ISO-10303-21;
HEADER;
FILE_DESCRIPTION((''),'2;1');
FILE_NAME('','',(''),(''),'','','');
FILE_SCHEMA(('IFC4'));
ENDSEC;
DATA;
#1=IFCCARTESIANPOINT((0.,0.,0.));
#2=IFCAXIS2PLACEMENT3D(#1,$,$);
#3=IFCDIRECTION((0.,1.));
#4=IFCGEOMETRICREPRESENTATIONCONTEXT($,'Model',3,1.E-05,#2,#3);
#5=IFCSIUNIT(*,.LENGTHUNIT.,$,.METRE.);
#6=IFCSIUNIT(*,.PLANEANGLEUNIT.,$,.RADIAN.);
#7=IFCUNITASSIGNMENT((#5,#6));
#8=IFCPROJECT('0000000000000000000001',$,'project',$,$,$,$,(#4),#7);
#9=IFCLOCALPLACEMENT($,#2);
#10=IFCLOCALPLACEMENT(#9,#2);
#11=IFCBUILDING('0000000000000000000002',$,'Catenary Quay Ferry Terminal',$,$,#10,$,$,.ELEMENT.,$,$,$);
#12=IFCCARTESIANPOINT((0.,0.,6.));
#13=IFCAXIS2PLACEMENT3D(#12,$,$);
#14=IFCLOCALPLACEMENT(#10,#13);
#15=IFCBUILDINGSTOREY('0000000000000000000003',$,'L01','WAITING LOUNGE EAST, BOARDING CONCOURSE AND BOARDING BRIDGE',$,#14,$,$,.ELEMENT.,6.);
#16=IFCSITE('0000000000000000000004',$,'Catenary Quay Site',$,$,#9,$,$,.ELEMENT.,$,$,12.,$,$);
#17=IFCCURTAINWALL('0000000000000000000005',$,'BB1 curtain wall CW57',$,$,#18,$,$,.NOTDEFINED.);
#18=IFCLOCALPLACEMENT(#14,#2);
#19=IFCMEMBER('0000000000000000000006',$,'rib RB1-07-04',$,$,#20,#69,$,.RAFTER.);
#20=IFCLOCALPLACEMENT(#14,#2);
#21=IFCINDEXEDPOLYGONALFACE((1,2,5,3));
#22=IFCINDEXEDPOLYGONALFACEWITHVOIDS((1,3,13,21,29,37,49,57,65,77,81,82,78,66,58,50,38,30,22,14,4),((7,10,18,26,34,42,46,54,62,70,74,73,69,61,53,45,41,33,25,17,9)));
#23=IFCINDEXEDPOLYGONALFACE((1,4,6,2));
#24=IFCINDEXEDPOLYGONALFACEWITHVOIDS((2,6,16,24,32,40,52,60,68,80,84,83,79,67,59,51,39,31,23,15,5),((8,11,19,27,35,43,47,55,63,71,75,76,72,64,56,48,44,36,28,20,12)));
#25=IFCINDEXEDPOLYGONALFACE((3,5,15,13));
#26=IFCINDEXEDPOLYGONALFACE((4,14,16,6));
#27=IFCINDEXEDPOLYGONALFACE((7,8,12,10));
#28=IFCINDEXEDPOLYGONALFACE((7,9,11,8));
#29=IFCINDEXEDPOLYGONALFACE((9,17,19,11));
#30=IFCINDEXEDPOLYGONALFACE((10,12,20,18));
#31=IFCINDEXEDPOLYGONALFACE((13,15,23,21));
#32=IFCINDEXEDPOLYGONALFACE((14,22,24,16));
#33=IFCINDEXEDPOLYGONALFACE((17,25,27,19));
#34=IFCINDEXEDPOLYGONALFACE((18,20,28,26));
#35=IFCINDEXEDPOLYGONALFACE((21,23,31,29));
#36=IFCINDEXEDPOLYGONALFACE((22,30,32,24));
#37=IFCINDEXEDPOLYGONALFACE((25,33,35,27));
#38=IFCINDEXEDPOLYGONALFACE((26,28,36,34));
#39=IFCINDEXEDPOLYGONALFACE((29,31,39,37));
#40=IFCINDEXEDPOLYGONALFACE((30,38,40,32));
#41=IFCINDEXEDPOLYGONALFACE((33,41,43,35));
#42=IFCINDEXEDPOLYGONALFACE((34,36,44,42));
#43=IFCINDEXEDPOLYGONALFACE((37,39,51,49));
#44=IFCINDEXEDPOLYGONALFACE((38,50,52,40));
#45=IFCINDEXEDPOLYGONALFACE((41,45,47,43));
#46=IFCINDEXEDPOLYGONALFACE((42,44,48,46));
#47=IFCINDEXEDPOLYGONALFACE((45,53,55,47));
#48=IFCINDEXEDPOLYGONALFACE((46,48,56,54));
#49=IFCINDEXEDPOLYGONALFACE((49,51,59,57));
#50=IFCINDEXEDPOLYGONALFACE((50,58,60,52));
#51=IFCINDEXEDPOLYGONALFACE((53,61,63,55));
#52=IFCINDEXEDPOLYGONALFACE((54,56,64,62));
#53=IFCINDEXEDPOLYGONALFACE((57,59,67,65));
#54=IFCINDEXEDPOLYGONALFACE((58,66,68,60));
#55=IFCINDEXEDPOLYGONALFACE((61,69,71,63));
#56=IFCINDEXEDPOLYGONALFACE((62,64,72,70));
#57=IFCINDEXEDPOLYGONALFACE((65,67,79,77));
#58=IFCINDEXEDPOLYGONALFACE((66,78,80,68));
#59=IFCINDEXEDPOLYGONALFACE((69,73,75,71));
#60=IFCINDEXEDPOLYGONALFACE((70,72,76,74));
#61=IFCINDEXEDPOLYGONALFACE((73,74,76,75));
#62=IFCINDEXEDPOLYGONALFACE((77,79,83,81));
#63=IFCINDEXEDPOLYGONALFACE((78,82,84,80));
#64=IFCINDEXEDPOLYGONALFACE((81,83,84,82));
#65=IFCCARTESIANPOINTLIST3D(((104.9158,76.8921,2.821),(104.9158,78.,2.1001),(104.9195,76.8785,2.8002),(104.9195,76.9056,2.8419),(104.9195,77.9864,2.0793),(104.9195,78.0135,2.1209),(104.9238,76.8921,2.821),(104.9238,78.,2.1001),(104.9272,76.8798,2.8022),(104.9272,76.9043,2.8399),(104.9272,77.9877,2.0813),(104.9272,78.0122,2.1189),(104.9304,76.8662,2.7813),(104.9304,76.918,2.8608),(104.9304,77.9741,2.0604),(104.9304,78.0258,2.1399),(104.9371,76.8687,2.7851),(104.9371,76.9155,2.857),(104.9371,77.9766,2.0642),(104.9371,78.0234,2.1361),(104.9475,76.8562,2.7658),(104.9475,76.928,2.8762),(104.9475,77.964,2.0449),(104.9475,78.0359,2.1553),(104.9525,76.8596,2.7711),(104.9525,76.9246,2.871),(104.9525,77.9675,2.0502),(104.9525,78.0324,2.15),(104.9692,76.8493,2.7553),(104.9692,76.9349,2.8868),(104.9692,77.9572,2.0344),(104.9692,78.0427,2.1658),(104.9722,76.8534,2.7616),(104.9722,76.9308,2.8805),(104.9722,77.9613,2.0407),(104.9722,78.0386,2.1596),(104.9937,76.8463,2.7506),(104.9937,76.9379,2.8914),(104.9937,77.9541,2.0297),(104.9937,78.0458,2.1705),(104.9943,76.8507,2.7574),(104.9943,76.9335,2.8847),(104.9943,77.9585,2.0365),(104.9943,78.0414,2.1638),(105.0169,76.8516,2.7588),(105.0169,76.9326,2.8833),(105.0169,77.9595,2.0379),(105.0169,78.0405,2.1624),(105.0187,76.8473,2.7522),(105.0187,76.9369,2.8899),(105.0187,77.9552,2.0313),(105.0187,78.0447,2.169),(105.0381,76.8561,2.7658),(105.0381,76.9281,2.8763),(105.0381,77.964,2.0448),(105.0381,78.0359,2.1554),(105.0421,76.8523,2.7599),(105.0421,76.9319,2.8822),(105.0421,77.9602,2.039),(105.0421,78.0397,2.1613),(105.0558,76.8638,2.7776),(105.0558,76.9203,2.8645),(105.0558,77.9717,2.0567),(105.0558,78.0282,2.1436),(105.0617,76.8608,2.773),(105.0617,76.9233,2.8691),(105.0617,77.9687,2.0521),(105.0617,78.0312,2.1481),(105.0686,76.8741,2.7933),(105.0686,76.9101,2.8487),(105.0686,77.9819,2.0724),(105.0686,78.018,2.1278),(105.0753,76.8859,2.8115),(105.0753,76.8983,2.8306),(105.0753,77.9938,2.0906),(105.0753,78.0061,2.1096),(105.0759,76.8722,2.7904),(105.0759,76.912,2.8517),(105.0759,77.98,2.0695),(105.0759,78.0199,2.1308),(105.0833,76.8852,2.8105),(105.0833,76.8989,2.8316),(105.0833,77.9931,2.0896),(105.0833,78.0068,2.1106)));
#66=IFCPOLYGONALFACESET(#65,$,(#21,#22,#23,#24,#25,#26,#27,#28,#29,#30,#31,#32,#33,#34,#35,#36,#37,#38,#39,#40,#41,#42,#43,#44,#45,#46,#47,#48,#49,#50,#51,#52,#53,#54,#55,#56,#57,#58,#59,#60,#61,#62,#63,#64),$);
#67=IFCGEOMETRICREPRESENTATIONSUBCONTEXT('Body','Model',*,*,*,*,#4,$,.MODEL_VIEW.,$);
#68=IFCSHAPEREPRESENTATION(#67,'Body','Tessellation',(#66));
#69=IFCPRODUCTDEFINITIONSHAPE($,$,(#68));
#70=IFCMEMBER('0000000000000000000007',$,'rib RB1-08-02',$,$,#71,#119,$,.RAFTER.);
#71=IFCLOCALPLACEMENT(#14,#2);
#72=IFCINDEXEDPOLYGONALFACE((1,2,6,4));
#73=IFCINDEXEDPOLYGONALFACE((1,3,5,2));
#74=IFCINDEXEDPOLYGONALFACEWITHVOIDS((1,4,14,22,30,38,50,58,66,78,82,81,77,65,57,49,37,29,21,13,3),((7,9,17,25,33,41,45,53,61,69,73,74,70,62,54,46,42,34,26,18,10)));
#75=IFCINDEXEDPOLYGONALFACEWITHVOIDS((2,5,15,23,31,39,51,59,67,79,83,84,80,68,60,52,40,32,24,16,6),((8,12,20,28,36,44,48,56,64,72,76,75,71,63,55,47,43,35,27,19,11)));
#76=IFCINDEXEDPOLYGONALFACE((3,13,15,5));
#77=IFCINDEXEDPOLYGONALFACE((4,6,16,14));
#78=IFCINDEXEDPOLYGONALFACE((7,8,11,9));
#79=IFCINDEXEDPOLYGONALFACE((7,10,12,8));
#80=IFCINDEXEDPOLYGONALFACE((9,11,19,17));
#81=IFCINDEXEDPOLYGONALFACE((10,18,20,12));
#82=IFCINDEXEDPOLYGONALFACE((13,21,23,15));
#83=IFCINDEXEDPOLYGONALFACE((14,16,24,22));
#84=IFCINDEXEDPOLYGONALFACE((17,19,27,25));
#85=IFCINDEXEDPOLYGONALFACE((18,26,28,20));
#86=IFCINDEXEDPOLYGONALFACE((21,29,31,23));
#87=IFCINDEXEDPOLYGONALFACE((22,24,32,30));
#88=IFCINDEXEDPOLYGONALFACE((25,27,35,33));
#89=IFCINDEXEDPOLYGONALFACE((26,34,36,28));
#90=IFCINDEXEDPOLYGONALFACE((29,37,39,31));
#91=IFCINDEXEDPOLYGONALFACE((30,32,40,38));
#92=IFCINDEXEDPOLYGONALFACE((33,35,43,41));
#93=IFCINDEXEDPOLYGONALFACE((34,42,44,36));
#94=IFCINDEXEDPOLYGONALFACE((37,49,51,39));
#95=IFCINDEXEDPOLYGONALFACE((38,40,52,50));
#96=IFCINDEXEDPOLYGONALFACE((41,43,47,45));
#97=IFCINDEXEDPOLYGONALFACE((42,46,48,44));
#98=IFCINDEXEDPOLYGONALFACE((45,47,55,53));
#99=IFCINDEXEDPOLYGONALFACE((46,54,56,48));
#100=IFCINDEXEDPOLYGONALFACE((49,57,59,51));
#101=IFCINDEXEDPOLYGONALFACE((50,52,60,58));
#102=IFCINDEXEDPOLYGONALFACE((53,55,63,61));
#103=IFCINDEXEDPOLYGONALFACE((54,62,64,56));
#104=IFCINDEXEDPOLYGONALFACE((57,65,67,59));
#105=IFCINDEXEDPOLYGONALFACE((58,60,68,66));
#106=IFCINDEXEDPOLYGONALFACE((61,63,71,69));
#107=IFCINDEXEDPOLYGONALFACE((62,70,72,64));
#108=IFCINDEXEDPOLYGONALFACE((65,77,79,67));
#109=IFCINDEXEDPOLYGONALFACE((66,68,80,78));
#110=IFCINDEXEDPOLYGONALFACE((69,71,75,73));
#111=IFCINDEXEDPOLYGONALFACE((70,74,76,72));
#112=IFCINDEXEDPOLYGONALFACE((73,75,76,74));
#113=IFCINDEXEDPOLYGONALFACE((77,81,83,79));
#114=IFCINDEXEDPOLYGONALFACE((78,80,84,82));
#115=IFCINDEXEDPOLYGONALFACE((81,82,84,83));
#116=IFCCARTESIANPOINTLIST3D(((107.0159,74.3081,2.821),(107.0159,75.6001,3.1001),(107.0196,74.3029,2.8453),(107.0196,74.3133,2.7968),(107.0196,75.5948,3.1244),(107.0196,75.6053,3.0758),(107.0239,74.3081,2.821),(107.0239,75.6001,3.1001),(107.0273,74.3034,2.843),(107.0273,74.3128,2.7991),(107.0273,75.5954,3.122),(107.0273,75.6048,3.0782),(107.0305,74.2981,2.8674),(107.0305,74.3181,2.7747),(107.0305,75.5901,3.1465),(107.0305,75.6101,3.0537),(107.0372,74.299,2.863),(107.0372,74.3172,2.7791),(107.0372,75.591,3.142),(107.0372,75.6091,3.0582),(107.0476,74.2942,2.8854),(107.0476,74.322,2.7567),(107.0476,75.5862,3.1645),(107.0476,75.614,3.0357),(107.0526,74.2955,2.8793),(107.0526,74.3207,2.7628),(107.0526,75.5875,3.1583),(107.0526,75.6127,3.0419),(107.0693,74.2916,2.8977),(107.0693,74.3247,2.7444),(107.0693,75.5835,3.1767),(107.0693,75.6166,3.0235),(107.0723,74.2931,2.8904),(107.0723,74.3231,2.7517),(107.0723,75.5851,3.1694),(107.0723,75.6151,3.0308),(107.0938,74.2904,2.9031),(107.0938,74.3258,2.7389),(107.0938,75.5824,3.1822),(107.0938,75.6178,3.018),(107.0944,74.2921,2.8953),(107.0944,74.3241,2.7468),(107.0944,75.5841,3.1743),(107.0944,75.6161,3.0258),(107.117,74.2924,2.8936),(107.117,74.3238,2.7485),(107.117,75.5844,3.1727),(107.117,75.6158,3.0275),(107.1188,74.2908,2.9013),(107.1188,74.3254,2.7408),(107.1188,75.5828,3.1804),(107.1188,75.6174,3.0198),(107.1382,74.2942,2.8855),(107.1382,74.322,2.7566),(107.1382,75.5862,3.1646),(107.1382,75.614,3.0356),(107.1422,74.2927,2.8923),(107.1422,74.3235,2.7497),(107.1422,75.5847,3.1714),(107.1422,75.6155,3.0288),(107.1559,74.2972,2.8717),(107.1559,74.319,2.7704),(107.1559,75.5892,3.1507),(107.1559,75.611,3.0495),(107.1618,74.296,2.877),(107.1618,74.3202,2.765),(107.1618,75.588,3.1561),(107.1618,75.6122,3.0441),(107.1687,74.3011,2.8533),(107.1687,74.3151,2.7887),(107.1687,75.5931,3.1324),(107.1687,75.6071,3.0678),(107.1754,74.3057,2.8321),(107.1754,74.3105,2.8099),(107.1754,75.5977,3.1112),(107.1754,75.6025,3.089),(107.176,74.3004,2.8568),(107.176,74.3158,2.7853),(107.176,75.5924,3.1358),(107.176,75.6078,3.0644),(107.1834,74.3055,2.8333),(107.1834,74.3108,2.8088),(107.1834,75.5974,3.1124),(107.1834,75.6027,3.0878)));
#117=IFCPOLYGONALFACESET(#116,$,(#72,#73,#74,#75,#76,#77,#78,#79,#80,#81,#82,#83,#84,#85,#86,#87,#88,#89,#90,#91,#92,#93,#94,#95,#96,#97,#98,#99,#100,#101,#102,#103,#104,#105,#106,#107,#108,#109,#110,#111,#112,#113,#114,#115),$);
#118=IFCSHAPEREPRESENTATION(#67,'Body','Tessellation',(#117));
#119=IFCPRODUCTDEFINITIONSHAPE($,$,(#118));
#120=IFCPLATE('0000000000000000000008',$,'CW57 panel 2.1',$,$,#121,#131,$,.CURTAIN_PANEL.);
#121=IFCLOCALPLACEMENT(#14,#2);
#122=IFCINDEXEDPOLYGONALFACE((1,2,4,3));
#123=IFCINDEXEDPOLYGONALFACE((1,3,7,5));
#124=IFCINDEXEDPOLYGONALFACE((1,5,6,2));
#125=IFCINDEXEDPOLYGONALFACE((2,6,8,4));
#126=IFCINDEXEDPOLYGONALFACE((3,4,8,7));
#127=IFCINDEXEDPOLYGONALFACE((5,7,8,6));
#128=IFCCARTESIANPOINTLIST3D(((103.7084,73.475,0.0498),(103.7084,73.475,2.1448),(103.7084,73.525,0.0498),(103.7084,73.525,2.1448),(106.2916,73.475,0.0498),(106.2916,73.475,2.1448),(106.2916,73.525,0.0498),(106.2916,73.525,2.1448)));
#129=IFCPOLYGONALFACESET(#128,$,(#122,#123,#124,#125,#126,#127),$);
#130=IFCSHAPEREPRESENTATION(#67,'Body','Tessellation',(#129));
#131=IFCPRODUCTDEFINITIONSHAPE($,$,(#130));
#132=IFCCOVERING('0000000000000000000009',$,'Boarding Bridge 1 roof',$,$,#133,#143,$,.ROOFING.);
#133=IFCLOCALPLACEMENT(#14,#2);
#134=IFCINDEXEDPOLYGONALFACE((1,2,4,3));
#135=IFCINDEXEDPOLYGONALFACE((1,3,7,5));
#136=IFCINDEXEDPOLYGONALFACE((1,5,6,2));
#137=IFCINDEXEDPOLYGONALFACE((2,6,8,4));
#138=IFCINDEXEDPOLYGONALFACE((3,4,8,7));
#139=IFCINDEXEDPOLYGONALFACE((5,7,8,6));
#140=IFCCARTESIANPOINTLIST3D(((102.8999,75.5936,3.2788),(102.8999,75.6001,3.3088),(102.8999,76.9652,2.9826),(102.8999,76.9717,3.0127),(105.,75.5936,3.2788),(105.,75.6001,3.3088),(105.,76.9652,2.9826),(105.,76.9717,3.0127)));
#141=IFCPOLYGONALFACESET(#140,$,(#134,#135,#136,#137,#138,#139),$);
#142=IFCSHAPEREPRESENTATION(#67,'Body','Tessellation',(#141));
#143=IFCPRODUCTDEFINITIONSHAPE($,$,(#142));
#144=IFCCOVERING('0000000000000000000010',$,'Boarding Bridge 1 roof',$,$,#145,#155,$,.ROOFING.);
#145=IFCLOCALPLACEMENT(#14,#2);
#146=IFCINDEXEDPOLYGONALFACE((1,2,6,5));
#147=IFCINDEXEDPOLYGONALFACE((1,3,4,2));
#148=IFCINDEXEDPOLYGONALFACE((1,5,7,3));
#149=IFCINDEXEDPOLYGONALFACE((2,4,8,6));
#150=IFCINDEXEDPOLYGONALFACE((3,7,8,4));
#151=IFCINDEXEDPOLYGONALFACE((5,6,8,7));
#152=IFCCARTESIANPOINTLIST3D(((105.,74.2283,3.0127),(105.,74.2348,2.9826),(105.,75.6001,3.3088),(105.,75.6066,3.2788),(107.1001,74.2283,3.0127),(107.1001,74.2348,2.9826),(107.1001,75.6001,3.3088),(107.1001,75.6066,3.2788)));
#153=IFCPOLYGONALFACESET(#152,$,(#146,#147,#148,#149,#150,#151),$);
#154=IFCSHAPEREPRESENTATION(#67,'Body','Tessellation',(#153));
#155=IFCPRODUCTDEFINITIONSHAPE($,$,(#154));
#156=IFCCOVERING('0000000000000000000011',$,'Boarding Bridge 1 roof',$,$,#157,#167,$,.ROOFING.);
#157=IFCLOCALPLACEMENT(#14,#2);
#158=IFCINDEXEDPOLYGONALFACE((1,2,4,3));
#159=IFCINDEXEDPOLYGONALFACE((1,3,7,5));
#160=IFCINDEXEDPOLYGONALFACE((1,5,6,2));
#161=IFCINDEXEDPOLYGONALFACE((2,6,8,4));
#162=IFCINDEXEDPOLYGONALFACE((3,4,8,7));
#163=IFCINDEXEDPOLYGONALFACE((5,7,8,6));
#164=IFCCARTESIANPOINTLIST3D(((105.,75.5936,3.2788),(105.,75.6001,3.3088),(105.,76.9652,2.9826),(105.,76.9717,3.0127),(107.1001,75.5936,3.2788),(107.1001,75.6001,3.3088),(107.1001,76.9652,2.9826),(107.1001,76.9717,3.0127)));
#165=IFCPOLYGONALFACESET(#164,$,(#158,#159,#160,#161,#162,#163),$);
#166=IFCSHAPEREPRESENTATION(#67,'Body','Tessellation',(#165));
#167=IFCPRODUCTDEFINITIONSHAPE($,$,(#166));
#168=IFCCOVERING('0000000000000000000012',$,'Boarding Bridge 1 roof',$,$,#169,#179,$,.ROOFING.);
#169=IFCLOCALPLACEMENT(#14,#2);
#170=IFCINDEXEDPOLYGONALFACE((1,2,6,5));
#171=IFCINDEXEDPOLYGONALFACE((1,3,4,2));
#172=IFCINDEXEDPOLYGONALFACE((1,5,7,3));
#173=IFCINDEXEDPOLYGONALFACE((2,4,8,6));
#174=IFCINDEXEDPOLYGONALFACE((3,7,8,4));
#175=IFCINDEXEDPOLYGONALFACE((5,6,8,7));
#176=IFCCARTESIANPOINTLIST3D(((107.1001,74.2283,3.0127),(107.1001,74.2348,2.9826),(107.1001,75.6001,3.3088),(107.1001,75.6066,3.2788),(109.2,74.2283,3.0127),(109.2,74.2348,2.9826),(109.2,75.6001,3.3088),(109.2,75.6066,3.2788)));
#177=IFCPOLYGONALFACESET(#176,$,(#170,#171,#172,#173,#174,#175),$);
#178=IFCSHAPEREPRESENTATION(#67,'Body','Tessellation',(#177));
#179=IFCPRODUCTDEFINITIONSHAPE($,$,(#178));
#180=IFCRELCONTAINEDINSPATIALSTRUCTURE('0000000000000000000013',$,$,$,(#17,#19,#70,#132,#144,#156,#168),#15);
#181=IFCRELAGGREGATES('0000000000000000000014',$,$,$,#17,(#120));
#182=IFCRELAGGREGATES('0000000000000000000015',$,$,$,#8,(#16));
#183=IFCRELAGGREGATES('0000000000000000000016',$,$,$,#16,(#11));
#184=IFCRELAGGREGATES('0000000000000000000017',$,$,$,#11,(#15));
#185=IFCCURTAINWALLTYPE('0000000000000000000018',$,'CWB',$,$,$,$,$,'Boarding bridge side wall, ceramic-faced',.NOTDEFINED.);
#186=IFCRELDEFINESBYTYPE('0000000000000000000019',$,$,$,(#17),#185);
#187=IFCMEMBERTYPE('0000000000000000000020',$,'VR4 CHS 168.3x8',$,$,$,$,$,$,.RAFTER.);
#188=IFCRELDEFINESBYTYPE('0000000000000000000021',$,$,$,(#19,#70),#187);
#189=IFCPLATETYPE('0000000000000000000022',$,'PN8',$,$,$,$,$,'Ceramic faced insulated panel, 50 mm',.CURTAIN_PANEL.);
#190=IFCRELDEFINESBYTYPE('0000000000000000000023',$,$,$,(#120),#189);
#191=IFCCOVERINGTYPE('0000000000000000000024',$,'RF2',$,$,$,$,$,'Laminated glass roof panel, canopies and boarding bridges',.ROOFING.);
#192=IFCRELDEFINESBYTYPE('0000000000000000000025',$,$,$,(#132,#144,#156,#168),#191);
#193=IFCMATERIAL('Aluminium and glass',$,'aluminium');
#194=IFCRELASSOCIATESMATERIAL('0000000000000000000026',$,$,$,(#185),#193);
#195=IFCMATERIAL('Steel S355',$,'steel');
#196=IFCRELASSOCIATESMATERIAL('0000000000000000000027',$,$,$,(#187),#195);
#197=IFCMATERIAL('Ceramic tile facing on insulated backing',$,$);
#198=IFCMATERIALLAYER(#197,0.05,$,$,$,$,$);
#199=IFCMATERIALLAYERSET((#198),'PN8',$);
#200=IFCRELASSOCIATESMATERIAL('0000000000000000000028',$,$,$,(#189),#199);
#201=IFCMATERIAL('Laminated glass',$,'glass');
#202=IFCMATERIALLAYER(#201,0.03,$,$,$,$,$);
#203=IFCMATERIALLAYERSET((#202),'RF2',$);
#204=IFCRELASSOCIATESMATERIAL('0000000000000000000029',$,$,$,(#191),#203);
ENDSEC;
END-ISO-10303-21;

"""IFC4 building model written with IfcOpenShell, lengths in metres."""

from ifc_helpers import new_model, si_unit, direction, frame, origin, origin_2d, place, context, subcontext, project, spatial, polyline, rectangle, hollow_circle, outline, extrude, material, layer, layer_set, material_profile, profile_set, type_object, element, aggregate, save


model = new_model("IFC4")

# Units and contexts
model_context = context("Model", 3, precision=1e-05, world=origin(), true_north=direction((0.0, 1.0)))
body_context = subcontext(model_context, "Body", "Model", "MODEL_VIEW")
ifc_project = project(units=[si_unit("LENGTHUNIT", "METRE"), si_unit("PLANEANGLEUNIT", "RADIAN")], contexts=[model_context])

# Site, building, storey
site_placement = place(None, origin())
site = spatial("IfcSite", under=ifc_project, at=site_placement, Name="Catenary Quay Site", CompositionType="ELEMENT", RefElevation=12.0)
building_placement = place(site_placement, origin())
building = spatial("IfcBuilding", under=site, at=building_placement, Name="Catenary Quay Ferry Terminal", CompositionType="ELEMENT")
storey_placement = place(building_placement, frame((0.0, 0.0, 6.0)))
storey = spatial("IfcBuildingStorey", under=building, at=storey_placement, Name="L01", Description="WAITING LOUNGE EAST, BOARDING CONCOURSE AND BOARDING BRIDGE", CompositionType="ELEMENT", Elevation=6.0)

# Curtain wall
ifc_material_1 = material(Name="Aluminium and glass", Category="aluminium")
curtain_wall_type = type_object("IfcCurtainWallType", Name="CWB", ElementType="Boarding bridge side wall, ceramic-faced", PredefinedType="NOTDEFINED", material=ifc_material_1)
curtain_wall_placement = place(storey_placement, origin())
curtain_wall = element("IfcCurtainWall", 1, at=curtain_wall_placement, inside=storey, type_object=curtain_wall_type, Name="BB1 curtain wall CW57", PredefinedType="NOTDEFINED")

# Members
ifc_material_2 = material(Name="Steel S355", Category="steel")
ifc_material_profile_1 = material_profile(ifc_material_2, hollow_circle(Radius=0.0842, WallThickness=0.0081, at=origin_2d()), Name="CHS 168.3x8")
ifc_profile_set_1 = profile_set([ifc_material_profile_1], Name="Steel S355")
member_type_1 = type_object("IfcMemberType", Name="VR4 CHS 168.3x8", PredefinedType="RAFTER", material=ifc_profile_set_1)
for number, where, z_axis, x_axis, name in (
    (2, (105.0, 76.8921, 2.821), (0.0, 0.838165, -0.545417), (-1.0, 0.0, 0.0), "rib RB1-07-04"),
    (3, (107.1001, 74.3081, 2.821), (0.0, 0.977461, 0.211118), (-1.0, 0.0, 0.0), "rib RB1-08-02"),
):
    element("IfcMember", number, at=place(storey_placement, frame(where, z_axis=z_axis, x_axis=x_axis)), inside=storey, type_object=member_type_1, Name=name, PredefinedType="RAFTER", context=body_context, shape_type="SweptSolid", body=[
        extrude(hollow_circle(Radius=0.0842, WallThickness=0.0081, at=origin_2d()), origin(), (0.0, 0.0, 1.0), 1.3218),
    ])

# Plate
ifc_material_3 = material(Name="Ceramic tile facing on insulated backing")
ifc_layer_1 = layer(ifc_material_3, 0.05)
ifc_layer_set_1 = layer_set([ifc_layer_1], Name="PN8")
plate_type = type_object("IfcPlateType", Name="PN8", ElementType="Ceramic faced insulated panel, 50 mm", PredefinedType="CURTAIN_PANEL", material=ifc_layer_set_1)
plate_placement = place(storey_placement, frame((105.0, 73.5, 0.0498), z_axis=(0.0, 0.0, 1.0), x_axis=(1.0, 0.0, 0.0)))
plate = element("IfcPlate", 4, at=plate_placement, type_object=plate_type, Name="CW57 panel 2.1", PredefinedType="CURTAIN_PANEL", context=body_context, shape_type="SweptSolid", body=[
    extrude(rectangle(XDim=2.5833, YDim=0.05, at=origin_2d()), origin(), (0.0, 0.0, 1.0), 2.095),
])
aggregate(curtain_wall, [plate])

# Coverings
ifc_material_4 = material(Name="Laminated glass", Category="glass")
ifc_layer_2 = layer(ifc_material_4, 0.03)
ifc_layer_set_2 = layer_set([ifc_layer_2], Name="RF2")
covering_type = type_object("IfcCoveringType", Name="RF2", ElementType="Laminated glass roof panel, canopies and boarding bridges", PredefinedType="ROOFING", material=ifc_layer_set_2)
covering_1_placement = place(storey_placement, frame((102.8999, 75.6001, 3.3088), z_axis=(0.0, 0.21105, 0.977475), x_axis=(1.0, 0.0, 0.0)))
element("IfcCovering", 5, at=covering_1_placement, inside=storey, type_object=covering_type, Name="Boarding Bridge 1 roof", PredefinedType="ROOFING", context=body_context, shape_type="SweptSolid", body=[
    extrude(outline(polyline([(0.0, 0.0), (2.1001, 0.0), (2.1001, 1.4032), (0.0, 1.4032), (0.0, 0.0)])), origin(), (0.0, 0.0, -1.0), 0.0308),
])
covering_2_placement = place(storey_placement, frame((105.0, 74.2283, 3.0127), z_axis=(0.0, -0.211014, 0.977483), x_axis=(1.0, 0.0, 0.0)))
element("IfcCovering", 6, at=covering_2_placement, inside=storey, type_object=covering_type, Name="Boarding Bridge 1 roof", PredefinedType="ROOFING", context=body_context, shape_type="SweptSolid", body=[
    extrude(outline(polyline([(0.0, 0.0), (2.1001, 0.0), (2.1001, 1.4034), (0.0, 1.4034), (0.0, 0.0)])), origin(), (0.0, 0.0, -1.0), 0.0308),
])
covering_3_placement = place(storey_placement, frame((105.0, 75.6001, 3.3088), z_axis=(0.0, 0.21105, 0.977475), x_axis=(1.0, 0.0, 0.0)))
element("IfcCovering", 7, at=covering_3_placement, inside=storey, type_object=covering_type, Name="Boarding Bridge 1 roof", PredefinedType="ROOFING", context=body_context, shape_type="SweptSolid", body=[
    extrude(outline(polyline([(0.0, 0.0), (2.1001, 0.0), (2.1001, 1.4032), (0.0, 1.4032), (0.0, 0.0)])), origin(), (0.0, 0.0, -1.0), 0.0308),
])
covering_4_placement = place(storey_placement, frame((107.1001, 74.2283, 3.0127), z_axis=(0.0, -0.211014, 0.977483), x_axis=(1.0, 0.0, 0.0)))
element("IfcCovering", 8, at=covering_4_placement, inside=storey, type_object=covering_type, Name="Boarding Bridge 1 roof", PredefinedType="ROOFING", context=body_context, shape_type="SweptSolid", body=[
    extrude(outline(polyline([(0.0, 0.0), (2.0999, 0.0), (2.0999, 1.4034), (0.0, 1.4034), (0.0, 0.0)])), origin(), (0.0, 0.0, -1.0), 0.0308),
])

save(model, "model.ifc")
